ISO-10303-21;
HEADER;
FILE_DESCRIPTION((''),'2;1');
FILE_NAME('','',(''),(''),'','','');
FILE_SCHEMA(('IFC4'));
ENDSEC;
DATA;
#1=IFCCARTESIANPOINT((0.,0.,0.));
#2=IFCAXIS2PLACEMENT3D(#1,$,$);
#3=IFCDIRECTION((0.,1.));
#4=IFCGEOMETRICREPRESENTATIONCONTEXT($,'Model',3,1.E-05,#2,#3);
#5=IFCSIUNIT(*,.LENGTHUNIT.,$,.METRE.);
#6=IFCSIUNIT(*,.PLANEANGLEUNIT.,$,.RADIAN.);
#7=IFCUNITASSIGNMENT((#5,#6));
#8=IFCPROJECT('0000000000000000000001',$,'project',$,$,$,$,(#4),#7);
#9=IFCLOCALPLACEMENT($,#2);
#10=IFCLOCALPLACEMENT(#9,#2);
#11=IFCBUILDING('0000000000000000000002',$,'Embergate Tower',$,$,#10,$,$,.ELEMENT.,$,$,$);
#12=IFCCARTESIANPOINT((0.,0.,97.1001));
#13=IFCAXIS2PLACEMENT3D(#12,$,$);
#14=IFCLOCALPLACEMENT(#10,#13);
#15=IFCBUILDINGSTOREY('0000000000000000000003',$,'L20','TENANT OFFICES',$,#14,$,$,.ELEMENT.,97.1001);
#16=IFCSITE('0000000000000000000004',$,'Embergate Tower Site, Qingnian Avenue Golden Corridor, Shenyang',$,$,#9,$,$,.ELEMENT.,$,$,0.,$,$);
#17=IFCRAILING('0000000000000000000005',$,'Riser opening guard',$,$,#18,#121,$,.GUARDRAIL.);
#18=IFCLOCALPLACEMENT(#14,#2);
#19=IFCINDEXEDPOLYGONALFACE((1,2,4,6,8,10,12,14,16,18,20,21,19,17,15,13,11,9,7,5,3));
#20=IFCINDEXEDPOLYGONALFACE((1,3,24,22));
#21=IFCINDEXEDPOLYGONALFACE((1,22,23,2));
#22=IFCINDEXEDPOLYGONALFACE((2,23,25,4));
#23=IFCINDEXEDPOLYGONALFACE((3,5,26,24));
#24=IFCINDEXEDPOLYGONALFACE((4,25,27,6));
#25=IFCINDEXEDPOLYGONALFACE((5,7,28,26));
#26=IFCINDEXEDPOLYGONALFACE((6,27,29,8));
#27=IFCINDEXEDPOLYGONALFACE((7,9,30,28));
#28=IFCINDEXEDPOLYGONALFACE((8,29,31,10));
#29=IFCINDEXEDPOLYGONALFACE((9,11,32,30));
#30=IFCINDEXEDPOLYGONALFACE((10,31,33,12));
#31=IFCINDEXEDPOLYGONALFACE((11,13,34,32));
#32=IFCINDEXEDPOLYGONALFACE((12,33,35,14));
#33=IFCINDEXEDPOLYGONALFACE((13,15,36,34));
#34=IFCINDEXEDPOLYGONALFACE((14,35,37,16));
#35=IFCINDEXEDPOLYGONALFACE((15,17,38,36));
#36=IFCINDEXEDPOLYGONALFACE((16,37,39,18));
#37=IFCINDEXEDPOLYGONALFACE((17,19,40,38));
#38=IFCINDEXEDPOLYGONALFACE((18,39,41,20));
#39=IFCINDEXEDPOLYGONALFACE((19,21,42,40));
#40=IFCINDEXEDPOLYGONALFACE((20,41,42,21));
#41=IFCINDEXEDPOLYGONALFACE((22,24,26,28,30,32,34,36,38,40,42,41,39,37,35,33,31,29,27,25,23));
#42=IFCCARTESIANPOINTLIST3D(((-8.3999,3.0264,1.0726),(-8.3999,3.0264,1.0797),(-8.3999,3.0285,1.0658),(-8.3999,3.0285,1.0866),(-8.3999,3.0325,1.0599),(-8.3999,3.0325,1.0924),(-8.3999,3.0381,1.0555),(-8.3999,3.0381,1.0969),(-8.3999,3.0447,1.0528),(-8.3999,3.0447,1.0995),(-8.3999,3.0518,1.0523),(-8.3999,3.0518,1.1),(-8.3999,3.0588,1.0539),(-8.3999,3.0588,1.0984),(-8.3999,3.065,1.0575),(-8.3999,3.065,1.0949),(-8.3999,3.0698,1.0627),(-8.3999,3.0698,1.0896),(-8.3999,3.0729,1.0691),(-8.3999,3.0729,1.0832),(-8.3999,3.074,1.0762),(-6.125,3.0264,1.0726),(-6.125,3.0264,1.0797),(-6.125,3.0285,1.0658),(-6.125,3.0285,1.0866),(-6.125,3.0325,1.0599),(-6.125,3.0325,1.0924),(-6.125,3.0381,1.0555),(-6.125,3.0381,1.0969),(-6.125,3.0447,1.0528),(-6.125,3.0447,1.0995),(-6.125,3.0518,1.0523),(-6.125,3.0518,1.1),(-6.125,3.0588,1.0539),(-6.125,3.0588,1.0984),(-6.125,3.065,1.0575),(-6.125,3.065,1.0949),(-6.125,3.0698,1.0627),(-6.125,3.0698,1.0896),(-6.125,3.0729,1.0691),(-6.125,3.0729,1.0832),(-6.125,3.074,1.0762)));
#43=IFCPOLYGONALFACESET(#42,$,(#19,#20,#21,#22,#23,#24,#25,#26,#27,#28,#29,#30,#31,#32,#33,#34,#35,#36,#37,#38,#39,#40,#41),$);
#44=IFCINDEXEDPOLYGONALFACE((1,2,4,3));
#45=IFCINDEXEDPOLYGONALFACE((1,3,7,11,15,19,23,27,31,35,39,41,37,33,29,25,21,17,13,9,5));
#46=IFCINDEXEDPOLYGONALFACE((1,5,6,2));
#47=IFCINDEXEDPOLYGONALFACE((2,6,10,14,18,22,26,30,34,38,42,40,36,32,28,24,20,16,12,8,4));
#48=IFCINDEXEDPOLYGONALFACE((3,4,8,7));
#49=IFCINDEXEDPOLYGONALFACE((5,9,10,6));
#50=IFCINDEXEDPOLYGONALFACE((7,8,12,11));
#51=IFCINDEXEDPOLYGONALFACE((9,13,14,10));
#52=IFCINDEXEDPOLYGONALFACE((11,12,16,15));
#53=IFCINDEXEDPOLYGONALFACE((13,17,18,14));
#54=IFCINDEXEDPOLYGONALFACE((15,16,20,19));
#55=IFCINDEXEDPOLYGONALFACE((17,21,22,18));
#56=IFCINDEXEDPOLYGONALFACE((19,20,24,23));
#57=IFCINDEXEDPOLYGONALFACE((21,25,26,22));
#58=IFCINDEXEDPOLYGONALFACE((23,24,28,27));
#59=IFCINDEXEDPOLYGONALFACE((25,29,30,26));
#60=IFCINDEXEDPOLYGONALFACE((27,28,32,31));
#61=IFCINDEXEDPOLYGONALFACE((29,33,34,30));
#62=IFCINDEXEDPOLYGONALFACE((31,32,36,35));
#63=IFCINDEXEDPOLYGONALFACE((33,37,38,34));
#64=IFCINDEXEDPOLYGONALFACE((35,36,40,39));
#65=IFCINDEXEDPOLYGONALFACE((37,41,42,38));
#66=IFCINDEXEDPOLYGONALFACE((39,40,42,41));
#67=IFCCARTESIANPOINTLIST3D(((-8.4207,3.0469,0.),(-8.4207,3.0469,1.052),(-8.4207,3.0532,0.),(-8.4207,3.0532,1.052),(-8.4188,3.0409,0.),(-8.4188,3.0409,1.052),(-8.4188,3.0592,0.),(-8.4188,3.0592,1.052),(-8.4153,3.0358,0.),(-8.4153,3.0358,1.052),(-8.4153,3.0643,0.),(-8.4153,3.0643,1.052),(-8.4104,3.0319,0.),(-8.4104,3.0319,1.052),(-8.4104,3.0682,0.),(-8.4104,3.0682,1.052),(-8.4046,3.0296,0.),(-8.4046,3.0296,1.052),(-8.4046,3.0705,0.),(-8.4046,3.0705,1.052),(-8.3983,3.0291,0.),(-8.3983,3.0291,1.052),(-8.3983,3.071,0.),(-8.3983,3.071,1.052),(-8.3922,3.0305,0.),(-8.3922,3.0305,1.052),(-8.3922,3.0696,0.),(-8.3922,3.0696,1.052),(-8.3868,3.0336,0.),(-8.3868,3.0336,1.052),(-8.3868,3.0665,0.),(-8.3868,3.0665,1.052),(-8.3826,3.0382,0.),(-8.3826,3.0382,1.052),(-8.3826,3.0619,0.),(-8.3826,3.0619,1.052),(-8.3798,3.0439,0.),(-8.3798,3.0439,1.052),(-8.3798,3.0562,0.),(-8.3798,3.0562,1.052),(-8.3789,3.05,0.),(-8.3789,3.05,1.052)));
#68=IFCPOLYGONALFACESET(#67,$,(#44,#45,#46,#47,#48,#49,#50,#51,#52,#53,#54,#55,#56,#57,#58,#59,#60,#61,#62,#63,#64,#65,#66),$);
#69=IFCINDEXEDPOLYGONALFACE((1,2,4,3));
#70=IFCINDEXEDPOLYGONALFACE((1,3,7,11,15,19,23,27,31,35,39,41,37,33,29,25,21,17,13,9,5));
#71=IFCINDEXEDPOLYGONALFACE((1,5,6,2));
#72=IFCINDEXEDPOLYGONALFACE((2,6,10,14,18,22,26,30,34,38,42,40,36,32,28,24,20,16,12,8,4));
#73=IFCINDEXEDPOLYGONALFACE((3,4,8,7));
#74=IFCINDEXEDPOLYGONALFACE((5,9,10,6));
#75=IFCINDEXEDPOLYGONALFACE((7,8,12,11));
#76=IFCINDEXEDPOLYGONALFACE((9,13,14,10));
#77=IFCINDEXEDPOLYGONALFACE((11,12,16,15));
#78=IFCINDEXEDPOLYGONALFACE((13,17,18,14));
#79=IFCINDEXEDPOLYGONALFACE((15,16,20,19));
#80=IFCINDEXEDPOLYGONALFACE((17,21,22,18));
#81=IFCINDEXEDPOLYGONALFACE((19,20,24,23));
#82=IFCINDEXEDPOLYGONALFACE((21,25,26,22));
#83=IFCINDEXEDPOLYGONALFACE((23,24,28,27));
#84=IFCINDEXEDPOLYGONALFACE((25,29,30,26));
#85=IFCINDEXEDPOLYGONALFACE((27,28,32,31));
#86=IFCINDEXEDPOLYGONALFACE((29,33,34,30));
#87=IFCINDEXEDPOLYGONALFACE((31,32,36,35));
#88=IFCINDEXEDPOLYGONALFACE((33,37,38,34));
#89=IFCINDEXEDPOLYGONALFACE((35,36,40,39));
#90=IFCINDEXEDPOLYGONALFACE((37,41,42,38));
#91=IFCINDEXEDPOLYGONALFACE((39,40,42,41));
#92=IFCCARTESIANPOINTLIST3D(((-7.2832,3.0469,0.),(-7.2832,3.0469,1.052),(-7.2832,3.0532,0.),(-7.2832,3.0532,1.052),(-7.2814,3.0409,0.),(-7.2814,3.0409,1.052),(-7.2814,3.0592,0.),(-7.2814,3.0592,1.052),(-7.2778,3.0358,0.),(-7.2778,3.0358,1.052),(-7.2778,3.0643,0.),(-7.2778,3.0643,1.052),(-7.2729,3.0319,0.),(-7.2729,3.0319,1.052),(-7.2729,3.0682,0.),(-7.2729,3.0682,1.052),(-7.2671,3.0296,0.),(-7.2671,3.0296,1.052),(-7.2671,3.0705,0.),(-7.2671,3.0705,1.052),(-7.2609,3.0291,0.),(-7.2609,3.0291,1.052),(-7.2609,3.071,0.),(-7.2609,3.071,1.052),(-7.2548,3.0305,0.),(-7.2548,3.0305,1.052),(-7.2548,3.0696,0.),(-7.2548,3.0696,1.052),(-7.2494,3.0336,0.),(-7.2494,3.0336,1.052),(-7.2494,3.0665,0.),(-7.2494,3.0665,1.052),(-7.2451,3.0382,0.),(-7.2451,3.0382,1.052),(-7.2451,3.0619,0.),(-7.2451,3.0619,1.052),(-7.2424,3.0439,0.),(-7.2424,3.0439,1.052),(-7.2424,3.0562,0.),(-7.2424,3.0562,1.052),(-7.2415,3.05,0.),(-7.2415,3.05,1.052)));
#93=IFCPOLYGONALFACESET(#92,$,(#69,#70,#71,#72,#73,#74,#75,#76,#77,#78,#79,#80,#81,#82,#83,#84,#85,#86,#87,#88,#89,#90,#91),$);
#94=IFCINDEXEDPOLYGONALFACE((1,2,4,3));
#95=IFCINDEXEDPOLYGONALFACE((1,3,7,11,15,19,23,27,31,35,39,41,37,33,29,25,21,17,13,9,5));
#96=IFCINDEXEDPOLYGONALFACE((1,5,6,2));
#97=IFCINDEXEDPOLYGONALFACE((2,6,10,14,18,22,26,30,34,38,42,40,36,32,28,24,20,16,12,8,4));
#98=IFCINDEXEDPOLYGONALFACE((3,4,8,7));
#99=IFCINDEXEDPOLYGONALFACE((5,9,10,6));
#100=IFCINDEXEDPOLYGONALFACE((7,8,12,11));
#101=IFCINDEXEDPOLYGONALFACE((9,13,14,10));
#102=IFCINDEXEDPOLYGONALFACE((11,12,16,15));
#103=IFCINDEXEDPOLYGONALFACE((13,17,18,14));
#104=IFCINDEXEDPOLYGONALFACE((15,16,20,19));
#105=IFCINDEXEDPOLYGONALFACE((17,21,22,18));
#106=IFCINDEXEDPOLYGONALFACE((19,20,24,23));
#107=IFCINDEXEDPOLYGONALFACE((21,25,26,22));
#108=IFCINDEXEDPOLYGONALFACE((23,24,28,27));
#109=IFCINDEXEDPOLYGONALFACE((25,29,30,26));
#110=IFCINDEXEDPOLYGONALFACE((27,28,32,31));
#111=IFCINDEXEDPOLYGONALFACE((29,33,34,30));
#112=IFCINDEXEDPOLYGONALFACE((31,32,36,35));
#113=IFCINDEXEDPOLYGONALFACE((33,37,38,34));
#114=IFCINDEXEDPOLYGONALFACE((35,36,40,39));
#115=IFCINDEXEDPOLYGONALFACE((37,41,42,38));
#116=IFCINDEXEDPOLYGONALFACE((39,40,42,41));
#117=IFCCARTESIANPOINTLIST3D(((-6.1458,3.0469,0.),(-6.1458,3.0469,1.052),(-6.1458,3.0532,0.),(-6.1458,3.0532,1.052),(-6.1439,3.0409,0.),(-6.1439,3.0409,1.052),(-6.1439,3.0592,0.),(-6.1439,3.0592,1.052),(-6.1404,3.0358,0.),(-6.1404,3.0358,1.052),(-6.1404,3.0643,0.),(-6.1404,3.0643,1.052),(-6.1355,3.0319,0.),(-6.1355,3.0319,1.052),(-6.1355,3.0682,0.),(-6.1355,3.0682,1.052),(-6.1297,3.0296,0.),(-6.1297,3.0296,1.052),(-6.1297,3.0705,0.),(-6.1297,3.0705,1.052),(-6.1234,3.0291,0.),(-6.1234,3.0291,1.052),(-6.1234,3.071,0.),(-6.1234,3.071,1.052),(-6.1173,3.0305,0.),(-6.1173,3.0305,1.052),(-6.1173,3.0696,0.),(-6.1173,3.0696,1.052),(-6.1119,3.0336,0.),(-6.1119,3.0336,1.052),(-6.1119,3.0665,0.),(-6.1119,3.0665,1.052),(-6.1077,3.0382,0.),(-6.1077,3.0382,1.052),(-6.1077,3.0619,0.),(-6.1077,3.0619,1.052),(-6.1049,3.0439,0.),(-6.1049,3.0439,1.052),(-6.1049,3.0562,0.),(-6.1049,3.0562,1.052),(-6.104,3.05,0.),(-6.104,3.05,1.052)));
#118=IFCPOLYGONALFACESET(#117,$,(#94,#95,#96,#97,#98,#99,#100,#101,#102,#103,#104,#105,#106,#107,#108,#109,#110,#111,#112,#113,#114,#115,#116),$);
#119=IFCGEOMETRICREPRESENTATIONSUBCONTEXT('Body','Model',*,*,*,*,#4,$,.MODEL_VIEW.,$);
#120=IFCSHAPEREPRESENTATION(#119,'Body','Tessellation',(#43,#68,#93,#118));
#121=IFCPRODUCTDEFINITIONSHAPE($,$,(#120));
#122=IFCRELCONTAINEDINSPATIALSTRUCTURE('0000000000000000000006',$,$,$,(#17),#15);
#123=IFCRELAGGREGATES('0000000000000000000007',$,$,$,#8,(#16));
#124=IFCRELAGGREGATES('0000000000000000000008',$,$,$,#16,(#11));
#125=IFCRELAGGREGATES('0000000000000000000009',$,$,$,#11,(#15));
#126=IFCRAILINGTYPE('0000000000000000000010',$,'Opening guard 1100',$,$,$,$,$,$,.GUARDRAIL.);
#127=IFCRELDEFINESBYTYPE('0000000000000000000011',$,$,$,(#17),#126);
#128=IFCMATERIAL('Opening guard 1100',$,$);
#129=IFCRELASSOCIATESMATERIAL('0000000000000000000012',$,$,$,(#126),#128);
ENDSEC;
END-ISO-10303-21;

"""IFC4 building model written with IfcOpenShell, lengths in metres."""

from ifc_helpers import new_model, si_unit, direction, frame, origin, origin_2d, place, context, subcontext, project, spatial, circle, extrude, source, transform, mapped, material, type_object, element, save


model = new_model("IFC4")

# Units and contexts
model_context = context("Model", 3, precision=1e-05, world=origin(), true_north=direction((0.0, 1.0)))
body_context = subcontext(model_context, "Body", "Model", "MODEL_VIEW")
ifc_project = project(units=[si_unit("LENGTHUNIT", "METRE"), si_unit("PLANEANGLEUNIT", "RADIAN")], contexts=[model_context])

# Site, building, storey
site_placement = place(None, origin())
site = spatial("IfcSite", under=ifc_project, at=site_placement, Name="Embergate Tower Site, Qingnian Avenue Golden Corridor, Shenyang", CompositionType="ELEMENT", RefElevation=0.0)
building_placement = place(site_placement, origin())
building = spatial("IfcBuilding", under=site, at=building_placement, Name="Embergate Tower", CompositionType="ELEMENT")
storey_placement = place(building_placement, frame((0.0, 0.0, 97.1001)))
storey = spatial("IfcBuildingStorey", under=building, at=storey_placement, Name="L20", Description="TENANT OFFICES", CompositionType="ELEMENT", Elevation=97.1001)

# Railing
ifc_material_1 = material(Name="Opening guard 1100")
railing_type = type_object("IfcRailingType", Name="Opening guard 1100", PredefinedType="GUARDRAIL", material=ifc_material_1)
shared_shape_1 = source(origin(), body_context, "Body", "SweptSolid", [
    extrude(circle(Radius=0.0239, at=origin_2d()), frame((0.0, 0.0, 1.0762), z_axis=(1.0, 0.0, 0.0), x_axis=(0.0, 1.0, 0.0)), (0.0, 0.0, 1.0), 2.2749),
    extrude(circle(Radius=0.021, at=origin_2d()), origin(), (0.0, 0.0, 1.0), 1.052),
    extrude(circle(Radius=0.021, at=origin_2d()), frame((1.1375, 0.0, 0.0)), (0.0, 0.0, 1.0), 1.052),
    extrude(circle(Radius=0.021, at=origin_2d()), frame((2.2749, 0.0, 0.0)), (0.0, 0.0, 1.0), 1.052),
])
railing_placement = place(storey_placement, frame((-8.3999, 3.05, 0.0)))
element("IfcRailing", 1, at=railing_placement, inside=storey, type_object=railing_type, Name="Riser opening guard", PredefinedType="GUARDRAIL", context=body_context, shape_type="MappedRepresentation", body=[
    mapped(shared_shape_1, transform((0.0, 0.0, 0.0))),
])

save(model, "model.ifc")
